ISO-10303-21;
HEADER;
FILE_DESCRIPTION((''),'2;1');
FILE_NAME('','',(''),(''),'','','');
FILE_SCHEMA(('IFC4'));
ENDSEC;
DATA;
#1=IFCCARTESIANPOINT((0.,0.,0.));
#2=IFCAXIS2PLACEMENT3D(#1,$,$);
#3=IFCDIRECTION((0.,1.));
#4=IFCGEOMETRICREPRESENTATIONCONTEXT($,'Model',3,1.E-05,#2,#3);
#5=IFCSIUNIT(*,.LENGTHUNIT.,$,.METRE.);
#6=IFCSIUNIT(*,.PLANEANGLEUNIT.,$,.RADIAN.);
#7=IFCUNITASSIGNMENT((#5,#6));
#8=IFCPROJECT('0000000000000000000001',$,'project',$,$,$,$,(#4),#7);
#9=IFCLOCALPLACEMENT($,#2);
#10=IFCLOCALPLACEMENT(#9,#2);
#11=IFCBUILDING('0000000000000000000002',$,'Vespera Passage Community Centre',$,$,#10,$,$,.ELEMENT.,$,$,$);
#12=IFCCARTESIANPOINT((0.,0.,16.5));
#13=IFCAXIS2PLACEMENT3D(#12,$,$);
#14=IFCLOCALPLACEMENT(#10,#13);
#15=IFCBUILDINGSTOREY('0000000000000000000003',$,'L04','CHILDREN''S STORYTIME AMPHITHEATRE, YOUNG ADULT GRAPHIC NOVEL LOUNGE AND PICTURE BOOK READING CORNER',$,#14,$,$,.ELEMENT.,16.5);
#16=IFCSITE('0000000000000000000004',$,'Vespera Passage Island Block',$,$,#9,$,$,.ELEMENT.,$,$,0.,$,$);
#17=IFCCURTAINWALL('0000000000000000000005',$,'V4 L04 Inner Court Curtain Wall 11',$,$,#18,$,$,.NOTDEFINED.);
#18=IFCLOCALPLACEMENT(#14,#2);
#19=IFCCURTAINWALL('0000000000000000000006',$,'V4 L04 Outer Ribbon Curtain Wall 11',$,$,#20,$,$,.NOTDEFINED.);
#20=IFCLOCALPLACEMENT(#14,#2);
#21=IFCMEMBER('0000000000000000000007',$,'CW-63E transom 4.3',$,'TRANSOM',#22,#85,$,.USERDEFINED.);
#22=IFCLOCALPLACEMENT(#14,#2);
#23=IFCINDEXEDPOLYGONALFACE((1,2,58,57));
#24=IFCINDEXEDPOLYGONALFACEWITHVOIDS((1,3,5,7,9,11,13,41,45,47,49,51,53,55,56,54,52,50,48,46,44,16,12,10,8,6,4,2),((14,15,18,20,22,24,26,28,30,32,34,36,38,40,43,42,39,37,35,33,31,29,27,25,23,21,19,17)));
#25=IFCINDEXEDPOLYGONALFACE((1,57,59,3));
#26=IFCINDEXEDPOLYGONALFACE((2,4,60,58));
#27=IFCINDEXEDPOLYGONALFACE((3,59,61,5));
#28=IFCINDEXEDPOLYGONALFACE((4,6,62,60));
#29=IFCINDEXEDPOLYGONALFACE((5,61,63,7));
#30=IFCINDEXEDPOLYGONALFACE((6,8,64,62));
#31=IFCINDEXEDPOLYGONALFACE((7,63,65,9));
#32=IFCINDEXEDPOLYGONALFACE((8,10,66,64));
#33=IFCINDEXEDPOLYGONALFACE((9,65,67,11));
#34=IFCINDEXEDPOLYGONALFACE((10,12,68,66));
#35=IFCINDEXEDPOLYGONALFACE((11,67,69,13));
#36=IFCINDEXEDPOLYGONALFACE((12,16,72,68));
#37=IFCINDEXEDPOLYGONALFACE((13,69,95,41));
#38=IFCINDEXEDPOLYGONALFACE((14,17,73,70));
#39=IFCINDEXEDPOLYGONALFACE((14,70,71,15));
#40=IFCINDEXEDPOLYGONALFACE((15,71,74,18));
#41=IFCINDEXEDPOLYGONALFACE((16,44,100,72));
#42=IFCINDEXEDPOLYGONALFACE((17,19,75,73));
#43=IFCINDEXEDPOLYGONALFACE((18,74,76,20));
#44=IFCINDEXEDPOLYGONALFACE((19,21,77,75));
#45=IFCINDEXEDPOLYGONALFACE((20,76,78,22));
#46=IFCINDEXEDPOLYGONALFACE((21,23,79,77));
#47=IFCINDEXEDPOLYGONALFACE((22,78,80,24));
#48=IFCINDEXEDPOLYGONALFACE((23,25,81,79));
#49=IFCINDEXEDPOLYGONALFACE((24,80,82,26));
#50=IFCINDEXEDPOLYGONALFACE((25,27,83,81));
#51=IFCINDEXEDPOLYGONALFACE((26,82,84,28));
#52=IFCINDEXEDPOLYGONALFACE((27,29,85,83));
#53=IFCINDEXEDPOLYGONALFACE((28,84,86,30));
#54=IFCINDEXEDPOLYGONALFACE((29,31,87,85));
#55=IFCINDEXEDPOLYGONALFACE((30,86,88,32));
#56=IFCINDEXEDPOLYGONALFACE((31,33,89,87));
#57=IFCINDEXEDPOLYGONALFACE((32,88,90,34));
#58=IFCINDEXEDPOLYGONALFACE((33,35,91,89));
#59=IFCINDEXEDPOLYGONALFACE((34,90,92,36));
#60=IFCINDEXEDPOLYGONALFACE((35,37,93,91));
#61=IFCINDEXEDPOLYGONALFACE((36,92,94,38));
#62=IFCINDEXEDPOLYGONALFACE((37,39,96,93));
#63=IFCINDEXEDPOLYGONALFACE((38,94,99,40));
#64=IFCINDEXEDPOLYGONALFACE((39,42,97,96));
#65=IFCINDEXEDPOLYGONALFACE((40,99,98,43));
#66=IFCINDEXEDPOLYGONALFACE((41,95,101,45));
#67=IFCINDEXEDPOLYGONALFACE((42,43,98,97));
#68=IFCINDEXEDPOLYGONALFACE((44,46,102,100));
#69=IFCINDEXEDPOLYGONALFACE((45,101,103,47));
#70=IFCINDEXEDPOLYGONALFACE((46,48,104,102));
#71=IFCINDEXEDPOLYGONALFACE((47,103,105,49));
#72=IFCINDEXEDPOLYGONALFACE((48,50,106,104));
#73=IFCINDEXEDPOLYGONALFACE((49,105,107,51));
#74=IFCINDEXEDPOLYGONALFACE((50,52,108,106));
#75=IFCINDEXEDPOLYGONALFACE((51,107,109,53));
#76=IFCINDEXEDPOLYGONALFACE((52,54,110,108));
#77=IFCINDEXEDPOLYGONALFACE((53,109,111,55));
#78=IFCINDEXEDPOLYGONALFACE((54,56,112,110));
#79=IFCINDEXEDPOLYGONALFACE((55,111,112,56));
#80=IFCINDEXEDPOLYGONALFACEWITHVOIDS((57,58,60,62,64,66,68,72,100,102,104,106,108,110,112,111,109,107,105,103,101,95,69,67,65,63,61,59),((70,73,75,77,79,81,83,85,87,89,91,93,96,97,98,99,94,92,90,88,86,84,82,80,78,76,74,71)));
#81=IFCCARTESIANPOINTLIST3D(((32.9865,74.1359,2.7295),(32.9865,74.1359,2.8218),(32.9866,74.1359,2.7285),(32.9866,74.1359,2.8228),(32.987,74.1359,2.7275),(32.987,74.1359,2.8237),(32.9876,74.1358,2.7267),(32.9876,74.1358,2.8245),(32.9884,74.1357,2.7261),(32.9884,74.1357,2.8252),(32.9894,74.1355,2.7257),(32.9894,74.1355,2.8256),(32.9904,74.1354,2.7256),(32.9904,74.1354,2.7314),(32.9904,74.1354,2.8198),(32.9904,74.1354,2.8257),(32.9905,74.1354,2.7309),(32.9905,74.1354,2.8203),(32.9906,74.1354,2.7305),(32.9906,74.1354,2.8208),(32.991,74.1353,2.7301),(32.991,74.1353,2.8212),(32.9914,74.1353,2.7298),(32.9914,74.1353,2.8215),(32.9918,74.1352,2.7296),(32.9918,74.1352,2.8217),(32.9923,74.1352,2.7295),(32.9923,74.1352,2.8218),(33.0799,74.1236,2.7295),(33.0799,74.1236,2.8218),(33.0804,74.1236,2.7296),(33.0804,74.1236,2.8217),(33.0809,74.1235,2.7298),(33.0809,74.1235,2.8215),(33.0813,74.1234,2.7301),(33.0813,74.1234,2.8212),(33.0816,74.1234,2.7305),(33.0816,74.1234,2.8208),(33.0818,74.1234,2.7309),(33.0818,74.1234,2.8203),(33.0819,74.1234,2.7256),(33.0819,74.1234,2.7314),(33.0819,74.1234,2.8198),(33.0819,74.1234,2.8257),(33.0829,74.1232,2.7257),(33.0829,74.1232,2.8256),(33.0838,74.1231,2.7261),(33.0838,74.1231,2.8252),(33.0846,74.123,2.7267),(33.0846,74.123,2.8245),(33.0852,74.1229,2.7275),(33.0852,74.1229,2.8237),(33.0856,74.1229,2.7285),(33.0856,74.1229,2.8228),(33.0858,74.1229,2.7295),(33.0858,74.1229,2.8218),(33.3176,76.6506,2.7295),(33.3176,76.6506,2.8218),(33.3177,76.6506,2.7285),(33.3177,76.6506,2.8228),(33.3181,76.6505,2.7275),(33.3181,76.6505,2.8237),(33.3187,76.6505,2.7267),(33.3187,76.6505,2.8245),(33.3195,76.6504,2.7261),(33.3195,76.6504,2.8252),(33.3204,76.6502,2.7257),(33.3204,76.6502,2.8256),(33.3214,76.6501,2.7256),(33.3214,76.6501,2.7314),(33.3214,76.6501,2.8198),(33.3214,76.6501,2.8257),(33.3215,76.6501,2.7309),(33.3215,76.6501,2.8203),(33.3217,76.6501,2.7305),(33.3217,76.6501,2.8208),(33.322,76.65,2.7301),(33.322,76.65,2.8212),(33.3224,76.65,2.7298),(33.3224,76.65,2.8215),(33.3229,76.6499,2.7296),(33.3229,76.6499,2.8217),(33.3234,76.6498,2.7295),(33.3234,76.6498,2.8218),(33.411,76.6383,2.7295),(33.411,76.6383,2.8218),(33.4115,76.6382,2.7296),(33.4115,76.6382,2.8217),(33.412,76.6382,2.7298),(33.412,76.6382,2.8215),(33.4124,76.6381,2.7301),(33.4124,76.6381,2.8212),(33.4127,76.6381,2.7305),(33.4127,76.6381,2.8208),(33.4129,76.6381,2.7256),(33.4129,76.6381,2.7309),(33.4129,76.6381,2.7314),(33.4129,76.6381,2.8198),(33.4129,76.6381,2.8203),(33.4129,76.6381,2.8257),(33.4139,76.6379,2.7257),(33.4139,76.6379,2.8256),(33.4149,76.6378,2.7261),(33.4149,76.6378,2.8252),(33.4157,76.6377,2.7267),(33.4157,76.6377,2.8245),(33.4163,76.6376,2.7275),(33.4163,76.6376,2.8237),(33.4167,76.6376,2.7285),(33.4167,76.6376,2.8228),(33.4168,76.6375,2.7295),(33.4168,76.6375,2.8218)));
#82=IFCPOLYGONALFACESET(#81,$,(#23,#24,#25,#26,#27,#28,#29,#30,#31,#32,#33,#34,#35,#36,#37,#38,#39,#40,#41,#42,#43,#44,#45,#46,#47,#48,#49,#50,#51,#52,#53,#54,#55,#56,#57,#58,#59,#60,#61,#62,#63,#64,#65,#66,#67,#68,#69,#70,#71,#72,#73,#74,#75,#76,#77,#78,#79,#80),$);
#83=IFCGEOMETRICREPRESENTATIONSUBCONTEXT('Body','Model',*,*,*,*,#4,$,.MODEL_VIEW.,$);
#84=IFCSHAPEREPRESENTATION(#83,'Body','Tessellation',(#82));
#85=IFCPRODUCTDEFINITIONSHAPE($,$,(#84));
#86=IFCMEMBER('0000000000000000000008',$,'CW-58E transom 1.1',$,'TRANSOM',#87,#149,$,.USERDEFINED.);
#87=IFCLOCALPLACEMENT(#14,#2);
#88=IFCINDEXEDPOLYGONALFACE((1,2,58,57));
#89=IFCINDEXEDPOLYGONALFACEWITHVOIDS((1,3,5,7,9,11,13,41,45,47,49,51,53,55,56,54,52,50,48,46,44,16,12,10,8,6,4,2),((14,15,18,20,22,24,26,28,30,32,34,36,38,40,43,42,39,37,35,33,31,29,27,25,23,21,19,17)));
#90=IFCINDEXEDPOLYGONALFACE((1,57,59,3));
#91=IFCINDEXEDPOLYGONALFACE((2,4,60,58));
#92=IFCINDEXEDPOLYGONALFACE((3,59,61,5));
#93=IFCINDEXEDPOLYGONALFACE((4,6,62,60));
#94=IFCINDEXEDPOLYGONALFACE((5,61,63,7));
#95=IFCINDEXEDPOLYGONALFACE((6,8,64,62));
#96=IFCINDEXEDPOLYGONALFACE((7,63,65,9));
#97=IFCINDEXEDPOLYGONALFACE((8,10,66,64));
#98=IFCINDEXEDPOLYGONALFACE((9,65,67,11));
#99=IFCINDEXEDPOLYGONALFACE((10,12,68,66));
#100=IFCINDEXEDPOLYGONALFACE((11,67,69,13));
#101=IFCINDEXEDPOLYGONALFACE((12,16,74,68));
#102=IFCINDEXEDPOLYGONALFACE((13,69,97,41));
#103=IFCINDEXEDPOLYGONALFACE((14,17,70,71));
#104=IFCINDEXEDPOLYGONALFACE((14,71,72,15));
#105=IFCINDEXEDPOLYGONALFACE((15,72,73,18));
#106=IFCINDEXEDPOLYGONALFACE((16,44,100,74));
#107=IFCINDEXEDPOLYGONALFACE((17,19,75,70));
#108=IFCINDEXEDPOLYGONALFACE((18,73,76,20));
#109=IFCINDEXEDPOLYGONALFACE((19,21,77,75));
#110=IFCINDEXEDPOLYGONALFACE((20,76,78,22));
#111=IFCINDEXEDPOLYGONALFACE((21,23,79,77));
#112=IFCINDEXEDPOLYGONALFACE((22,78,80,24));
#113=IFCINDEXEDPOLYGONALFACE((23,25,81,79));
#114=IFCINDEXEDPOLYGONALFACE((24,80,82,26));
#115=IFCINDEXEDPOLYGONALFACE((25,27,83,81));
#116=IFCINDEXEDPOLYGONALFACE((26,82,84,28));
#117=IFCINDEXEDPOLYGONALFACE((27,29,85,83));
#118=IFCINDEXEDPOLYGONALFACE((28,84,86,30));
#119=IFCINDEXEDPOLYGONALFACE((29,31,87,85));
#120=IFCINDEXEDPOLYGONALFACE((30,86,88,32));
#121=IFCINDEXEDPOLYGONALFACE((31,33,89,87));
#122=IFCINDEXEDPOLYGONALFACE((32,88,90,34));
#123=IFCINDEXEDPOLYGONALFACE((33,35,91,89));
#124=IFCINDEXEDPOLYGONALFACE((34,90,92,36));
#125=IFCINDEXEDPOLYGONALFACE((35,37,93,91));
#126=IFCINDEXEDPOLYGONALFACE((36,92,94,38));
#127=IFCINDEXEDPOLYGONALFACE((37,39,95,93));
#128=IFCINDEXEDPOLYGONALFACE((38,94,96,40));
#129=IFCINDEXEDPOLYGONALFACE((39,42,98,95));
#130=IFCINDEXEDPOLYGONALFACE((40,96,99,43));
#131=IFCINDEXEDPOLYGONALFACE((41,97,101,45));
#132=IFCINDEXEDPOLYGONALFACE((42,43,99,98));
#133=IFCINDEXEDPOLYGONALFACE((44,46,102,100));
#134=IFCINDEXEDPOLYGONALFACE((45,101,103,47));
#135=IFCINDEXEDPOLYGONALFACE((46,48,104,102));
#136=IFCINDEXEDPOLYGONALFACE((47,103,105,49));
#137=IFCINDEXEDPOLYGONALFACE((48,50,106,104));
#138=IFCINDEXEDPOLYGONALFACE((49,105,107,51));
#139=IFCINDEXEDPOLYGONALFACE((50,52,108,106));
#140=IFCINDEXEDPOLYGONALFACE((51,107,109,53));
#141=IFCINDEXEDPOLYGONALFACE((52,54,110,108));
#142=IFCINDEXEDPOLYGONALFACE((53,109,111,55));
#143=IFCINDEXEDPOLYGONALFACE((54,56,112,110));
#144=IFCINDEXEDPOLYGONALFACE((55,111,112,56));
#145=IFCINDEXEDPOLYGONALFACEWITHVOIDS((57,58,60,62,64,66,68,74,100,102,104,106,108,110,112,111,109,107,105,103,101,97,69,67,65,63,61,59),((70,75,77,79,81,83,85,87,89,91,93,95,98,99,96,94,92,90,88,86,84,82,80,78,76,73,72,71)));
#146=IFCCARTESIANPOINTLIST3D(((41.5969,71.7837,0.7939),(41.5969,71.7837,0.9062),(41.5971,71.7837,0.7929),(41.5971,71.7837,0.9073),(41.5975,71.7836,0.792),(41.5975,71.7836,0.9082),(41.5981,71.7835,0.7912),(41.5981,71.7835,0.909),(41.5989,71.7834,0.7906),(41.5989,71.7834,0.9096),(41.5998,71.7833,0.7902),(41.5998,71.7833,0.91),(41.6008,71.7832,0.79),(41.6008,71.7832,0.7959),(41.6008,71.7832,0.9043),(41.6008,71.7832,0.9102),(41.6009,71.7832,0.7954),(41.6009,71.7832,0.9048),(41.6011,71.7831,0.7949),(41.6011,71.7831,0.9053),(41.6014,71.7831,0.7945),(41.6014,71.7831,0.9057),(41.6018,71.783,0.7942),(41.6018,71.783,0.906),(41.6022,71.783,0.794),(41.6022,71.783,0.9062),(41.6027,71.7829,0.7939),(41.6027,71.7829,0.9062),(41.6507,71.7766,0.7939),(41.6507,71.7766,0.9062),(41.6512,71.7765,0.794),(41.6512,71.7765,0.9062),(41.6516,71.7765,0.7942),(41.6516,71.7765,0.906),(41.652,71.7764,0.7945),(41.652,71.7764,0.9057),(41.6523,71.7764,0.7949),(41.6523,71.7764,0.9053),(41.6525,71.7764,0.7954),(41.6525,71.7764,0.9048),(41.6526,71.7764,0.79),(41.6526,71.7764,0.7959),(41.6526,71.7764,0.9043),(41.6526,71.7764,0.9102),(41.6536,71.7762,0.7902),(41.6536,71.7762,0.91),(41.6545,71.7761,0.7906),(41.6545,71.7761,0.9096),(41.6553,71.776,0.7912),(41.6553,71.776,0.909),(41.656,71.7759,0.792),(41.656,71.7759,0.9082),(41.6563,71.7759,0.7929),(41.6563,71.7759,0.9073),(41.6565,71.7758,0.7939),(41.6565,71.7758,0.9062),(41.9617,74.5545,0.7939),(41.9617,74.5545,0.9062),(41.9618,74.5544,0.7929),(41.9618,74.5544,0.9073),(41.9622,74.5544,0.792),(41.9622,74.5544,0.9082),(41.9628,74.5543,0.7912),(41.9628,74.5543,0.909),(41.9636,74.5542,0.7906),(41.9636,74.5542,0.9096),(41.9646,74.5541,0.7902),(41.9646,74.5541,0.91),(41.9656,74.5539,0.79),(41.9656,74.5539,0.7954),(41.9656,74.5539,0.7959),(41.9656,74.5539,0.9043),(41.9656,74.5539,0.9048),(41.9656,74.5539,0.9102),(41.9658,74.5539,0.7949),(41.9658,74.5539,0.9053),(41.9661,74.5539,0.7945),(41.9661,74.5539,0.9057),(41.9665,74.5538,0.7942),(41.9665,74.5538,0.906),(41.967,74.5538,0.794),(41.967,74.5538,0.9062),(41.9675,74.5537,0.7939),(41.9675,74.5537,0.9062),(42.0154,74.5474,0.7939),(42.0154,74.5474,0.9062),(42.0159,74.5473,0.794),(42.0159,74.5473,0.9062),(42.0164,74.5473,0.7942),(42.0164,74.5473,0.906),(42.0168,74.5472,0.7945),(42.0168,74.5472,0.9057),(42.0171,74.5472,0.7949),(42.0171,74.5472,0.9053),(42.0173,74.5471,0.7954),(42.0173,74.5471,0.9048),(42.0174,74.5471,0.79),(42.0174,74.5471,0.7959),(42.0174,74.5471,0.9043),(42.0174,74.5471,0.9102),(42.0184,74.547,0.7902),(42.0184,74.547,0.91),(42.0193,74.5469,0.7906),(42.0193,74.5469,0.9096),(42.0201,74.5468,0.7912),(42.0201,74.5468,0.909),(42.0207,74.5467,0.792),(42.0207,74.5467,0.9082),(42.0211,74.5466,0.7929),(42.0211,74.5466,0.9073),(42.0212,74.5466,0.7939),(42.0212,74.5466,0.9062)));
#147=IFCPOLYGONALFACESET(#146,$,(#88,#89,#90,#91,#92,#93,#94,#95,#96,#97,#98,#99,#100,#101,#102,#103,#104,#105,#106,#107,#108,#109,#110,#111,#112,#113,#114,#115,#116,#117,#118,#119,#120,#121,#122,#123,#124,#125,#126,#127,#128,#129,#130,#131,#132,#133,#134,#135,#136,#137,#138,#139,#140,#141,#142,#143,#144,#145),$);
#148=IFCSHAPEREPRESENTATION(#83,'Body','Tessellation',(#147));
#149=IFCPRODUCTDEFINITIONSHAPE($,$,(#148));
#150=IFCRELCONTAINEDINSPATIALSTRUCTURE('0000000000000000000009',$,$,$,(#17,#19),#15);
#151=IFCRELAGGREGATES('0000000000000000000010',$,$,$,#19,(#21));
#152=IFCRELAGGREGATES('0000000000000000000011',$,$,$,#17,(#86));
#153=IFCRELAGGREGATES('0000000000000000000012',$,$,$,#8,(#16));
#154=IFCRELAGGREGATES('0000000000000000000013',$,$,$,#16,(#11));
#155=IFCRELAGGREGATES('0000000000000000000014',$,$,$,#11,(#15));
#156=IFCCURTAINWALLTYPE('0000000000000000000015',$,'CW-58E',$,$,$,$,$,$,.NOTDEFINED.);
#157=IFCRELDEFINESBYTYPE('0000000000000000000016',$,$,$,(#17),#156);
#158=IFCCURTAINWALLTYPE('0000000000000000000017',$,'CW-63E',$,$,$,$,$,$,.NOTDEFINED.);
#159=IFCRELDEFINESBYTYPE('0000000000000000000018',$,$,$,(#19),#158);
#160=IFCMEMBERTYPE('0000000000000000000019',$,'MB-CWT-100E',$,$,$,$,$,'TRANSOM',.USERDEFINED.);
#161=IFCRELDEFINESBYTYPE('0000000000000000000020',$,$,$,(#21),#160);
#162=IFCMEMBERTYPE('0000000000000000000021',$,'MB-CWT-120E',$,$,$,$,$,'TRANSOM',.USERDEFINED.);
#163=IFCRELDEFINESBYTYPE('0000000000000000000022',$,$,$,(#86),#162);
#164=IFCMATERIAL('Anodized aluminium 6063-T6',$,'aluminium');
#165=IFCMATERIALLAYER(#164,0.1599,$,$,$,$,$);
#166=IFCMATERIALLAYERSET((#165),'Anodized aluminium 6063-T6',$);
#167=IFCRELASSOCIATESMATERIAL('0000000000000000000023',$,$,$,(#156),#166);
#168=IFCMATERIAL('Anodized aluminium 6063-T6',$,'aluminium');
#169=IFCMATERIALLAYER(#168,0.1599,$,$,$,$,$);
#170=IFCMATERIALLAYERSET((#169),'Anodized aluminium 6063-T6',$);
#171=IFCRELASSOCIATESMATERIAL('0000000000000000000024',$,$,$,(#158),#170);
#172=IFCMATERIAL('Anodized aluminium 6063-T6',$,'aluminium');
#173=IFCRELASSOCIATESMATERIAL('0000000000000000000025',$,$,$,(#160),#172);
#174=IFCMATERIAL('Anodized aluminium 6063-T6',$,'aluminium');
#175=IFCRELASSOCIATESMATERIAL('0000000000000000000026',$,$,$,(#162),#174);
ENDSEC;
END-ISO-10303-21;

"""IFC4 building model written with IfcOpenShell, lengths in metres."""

from ifc_helpers import new_model, si_unit, direction, frame, origin, origin_2d, place, context, subcontext, project, spatial, hollow_rectangle, extrude, material, layer, layer_set, material_profile, profile_set, type_object, element, aggregate, save


model = new_model("IFC4")

# Units and contexts
model_context = context("Model", 3, precision=1e-05, world=origin(), true_north=direction((0.0, 1.0)))
body_context = subcontext(model_context, "Body", "Model", "MODEL_VIEW")
ifc_project = project(units=[si_unit("LENGTHUNIT", "METRE"), si_unit("PLANEANGLEUNIT", "RADIAN")], contexts=[model_context])

# Site, building, storey
site_placement = place(None, origin())
site = spatial("IfcSite", under=ifc_project, at=site_placement, Name="Vespera Passage Island Block", CompositionType="ELEMENT", RefElevation=0.0)
building_placement = place(site_placement, origin())
building = spatial("IfcBuilding", under=site, at=building_placement, Name="Vespera Passage Community Centre", CompositionType="ELEMENT")
storey_placement = place(building_placement, frame((0.0, 0.0, 16.5)))
storey = spatial("IfcBuildingStorey", under=building, at=storey_placement, Name="L04", Description="CHILDREN'S STORYTIME AMPHITHEATRE, YOUNG ADULT GRAPHIC NOVEL LOUNGE AND PICTURE BOOK READING CORNER", CompositionType="ELEMENT", Elevation=16.5)

# Curtain wall
ifc_material_1 = material(Name="Anodized aluminium 6063-T6", Category="aluminium")
ifc_layer_1 = layer(ifc_material_1, 0.1599)
ifc_layer_set_1 = layer_set([ifc_layer_1], Name="Anodized aluminium 6063-T6")
curtain_wall_type_1 = type_object("IfcCurtainWallType", Name="CW-58E", PredefinedType="NOTDEFINED", material=ifc_layer_set_1)
curtain_wall_1_placement = place(storey_placement, origin())
curtain_wall_1 = element("IfcCurtainWall", 1, at=curtain_wall_1_placement, inside=storey, type_object=curtain_wall_type_1, Name="V4 L04 Inner Court Curtain Wall 11", PredefinedType="NOTDEFINED")

# Curtain wall, member
ifc_material_2 = material(Name="Anodized aluminium 6063-T6", Category="aluminium")
ifc_layer_2 = layer(ifc_material_2, 0.1599)
ifc_layer_set_2 = layer_set([ifc_layer_2], Name="Anodized aluminium 6063-T6")
curtain_wall_type_2 = type_object("IfcCurtainWallType", Name="CW-63E", PredefinedType="NOTDEFINED", material=ifc_layer_set_2)
curtain_wall_2_placement = place(storey_placement, origin())
curtain_wall_2 = element("IfcCurtainWall", 2, at=curtain_wall_2_placement, inside=storey, type_object=curtain_wall_type_2, Name="V4 L04 Outer Ribbon Curtain Wall 11", PredefinedType="NOTDEFINED")
ifc_material_3 = material(Name="Anodized aluminium 6063-T6", Category="aluminium")
ifc_material_profile_1 = material_profile(ifc_material_3, hollow_rectangle(XDim=0.1001, YDim=0.1001, WallThickness=0.0039, InnerFilletRadius=0.002, OuterFilletRadius=0.0039, at=origin_2d()), Name="ALU100X100X4")
ifc_profile_set_1 = profile_set([ifc_material_profile_1], Name="Anodized aluminium 6063-T6")
member_type_1 = type_object("IfcMemberType", Name="MB-CWT-100E", ElementType="TRANSOM", PredefinedType="USERDEFINED", material=ifc_profile_set_1)
member_1_placement = place(storey_placement, frame((33.0361, 74.1294, 2.7756), z_axis=(0.130524, 0.991445, 0.0), x_axis=(-0.991445, 0.130524, 0.0)))
member_1 = element("IfcMember", 3, at=member_1_placement, type_object=member_type_1, Name="CW-63E transom 4.3", ObjectType="TRANSOM", PredefinedType="USERDEFINED", context=body_context, shape_type="SweptSolid", body=[
    extrude(hollow_rectangle(XDim=0.1001, YDim=0.1001, WallThickness=0.0039, InnerFilletRadius=0.002, OuterFilletRadius=0.0039, at=origin_2d()), origin(), (0.0, 0.0, 1.0), 2.5364),
])

# Member
ifc_material_4 = material(Name="Anodized aluminium 6063-T6", Category="aluminium")
ifc_material_profile_2 = material_profile(ifc_material_4, hollow_rectangle(XDim=0.0601, YDim=0.1201, WallThickness=0.0039, InnerFilletRadius=0.002, OuterFilletRadius=0.0039, at=origin_2d()), Name="ALU120X60X4")
ifc_profile_set_2 = profile_set([ifc_material_profile_2], Name="Anodized aluminium 6063-T6")
member_type_2 = type_object("IfcMemberType", Name="MB-CWT-120E", ElementType="TRANSOM", PredefinedType="USERDEFINED", material=ifc_profile_set_2)
member_2_placement = place(storey_placement, frame((41.9915, 74.5505, 0.8501), z_axis=(-0.130516, -0.991446, 0.0), x_axis=(0.991446, -0.130516, 0.0)))
member_2 = element("IfcMember", 4, at=member_2_placement, type_object=member_type_2, Name="CW-58E transom 1.1", ObjectType="TRANSOM", PredefinedType="USERDEFINED", context=body_context, shape_type="SweptSolid", body=[
    extrude(hollow_rectangle(XDim=0.0601, YDim=0.1201, WallThickness=0.0039, InnerFilletRadius=0.002, OuterFilletRadius=0.0039, at=origin_2d()), origin(), (0.0, 0.0, 1.0), 2.7947),
])

aggregate(curtain_wall_2, [member_1])
aggregate(curtain_wall_1, [member_2])

save(model, "model.ifc")
